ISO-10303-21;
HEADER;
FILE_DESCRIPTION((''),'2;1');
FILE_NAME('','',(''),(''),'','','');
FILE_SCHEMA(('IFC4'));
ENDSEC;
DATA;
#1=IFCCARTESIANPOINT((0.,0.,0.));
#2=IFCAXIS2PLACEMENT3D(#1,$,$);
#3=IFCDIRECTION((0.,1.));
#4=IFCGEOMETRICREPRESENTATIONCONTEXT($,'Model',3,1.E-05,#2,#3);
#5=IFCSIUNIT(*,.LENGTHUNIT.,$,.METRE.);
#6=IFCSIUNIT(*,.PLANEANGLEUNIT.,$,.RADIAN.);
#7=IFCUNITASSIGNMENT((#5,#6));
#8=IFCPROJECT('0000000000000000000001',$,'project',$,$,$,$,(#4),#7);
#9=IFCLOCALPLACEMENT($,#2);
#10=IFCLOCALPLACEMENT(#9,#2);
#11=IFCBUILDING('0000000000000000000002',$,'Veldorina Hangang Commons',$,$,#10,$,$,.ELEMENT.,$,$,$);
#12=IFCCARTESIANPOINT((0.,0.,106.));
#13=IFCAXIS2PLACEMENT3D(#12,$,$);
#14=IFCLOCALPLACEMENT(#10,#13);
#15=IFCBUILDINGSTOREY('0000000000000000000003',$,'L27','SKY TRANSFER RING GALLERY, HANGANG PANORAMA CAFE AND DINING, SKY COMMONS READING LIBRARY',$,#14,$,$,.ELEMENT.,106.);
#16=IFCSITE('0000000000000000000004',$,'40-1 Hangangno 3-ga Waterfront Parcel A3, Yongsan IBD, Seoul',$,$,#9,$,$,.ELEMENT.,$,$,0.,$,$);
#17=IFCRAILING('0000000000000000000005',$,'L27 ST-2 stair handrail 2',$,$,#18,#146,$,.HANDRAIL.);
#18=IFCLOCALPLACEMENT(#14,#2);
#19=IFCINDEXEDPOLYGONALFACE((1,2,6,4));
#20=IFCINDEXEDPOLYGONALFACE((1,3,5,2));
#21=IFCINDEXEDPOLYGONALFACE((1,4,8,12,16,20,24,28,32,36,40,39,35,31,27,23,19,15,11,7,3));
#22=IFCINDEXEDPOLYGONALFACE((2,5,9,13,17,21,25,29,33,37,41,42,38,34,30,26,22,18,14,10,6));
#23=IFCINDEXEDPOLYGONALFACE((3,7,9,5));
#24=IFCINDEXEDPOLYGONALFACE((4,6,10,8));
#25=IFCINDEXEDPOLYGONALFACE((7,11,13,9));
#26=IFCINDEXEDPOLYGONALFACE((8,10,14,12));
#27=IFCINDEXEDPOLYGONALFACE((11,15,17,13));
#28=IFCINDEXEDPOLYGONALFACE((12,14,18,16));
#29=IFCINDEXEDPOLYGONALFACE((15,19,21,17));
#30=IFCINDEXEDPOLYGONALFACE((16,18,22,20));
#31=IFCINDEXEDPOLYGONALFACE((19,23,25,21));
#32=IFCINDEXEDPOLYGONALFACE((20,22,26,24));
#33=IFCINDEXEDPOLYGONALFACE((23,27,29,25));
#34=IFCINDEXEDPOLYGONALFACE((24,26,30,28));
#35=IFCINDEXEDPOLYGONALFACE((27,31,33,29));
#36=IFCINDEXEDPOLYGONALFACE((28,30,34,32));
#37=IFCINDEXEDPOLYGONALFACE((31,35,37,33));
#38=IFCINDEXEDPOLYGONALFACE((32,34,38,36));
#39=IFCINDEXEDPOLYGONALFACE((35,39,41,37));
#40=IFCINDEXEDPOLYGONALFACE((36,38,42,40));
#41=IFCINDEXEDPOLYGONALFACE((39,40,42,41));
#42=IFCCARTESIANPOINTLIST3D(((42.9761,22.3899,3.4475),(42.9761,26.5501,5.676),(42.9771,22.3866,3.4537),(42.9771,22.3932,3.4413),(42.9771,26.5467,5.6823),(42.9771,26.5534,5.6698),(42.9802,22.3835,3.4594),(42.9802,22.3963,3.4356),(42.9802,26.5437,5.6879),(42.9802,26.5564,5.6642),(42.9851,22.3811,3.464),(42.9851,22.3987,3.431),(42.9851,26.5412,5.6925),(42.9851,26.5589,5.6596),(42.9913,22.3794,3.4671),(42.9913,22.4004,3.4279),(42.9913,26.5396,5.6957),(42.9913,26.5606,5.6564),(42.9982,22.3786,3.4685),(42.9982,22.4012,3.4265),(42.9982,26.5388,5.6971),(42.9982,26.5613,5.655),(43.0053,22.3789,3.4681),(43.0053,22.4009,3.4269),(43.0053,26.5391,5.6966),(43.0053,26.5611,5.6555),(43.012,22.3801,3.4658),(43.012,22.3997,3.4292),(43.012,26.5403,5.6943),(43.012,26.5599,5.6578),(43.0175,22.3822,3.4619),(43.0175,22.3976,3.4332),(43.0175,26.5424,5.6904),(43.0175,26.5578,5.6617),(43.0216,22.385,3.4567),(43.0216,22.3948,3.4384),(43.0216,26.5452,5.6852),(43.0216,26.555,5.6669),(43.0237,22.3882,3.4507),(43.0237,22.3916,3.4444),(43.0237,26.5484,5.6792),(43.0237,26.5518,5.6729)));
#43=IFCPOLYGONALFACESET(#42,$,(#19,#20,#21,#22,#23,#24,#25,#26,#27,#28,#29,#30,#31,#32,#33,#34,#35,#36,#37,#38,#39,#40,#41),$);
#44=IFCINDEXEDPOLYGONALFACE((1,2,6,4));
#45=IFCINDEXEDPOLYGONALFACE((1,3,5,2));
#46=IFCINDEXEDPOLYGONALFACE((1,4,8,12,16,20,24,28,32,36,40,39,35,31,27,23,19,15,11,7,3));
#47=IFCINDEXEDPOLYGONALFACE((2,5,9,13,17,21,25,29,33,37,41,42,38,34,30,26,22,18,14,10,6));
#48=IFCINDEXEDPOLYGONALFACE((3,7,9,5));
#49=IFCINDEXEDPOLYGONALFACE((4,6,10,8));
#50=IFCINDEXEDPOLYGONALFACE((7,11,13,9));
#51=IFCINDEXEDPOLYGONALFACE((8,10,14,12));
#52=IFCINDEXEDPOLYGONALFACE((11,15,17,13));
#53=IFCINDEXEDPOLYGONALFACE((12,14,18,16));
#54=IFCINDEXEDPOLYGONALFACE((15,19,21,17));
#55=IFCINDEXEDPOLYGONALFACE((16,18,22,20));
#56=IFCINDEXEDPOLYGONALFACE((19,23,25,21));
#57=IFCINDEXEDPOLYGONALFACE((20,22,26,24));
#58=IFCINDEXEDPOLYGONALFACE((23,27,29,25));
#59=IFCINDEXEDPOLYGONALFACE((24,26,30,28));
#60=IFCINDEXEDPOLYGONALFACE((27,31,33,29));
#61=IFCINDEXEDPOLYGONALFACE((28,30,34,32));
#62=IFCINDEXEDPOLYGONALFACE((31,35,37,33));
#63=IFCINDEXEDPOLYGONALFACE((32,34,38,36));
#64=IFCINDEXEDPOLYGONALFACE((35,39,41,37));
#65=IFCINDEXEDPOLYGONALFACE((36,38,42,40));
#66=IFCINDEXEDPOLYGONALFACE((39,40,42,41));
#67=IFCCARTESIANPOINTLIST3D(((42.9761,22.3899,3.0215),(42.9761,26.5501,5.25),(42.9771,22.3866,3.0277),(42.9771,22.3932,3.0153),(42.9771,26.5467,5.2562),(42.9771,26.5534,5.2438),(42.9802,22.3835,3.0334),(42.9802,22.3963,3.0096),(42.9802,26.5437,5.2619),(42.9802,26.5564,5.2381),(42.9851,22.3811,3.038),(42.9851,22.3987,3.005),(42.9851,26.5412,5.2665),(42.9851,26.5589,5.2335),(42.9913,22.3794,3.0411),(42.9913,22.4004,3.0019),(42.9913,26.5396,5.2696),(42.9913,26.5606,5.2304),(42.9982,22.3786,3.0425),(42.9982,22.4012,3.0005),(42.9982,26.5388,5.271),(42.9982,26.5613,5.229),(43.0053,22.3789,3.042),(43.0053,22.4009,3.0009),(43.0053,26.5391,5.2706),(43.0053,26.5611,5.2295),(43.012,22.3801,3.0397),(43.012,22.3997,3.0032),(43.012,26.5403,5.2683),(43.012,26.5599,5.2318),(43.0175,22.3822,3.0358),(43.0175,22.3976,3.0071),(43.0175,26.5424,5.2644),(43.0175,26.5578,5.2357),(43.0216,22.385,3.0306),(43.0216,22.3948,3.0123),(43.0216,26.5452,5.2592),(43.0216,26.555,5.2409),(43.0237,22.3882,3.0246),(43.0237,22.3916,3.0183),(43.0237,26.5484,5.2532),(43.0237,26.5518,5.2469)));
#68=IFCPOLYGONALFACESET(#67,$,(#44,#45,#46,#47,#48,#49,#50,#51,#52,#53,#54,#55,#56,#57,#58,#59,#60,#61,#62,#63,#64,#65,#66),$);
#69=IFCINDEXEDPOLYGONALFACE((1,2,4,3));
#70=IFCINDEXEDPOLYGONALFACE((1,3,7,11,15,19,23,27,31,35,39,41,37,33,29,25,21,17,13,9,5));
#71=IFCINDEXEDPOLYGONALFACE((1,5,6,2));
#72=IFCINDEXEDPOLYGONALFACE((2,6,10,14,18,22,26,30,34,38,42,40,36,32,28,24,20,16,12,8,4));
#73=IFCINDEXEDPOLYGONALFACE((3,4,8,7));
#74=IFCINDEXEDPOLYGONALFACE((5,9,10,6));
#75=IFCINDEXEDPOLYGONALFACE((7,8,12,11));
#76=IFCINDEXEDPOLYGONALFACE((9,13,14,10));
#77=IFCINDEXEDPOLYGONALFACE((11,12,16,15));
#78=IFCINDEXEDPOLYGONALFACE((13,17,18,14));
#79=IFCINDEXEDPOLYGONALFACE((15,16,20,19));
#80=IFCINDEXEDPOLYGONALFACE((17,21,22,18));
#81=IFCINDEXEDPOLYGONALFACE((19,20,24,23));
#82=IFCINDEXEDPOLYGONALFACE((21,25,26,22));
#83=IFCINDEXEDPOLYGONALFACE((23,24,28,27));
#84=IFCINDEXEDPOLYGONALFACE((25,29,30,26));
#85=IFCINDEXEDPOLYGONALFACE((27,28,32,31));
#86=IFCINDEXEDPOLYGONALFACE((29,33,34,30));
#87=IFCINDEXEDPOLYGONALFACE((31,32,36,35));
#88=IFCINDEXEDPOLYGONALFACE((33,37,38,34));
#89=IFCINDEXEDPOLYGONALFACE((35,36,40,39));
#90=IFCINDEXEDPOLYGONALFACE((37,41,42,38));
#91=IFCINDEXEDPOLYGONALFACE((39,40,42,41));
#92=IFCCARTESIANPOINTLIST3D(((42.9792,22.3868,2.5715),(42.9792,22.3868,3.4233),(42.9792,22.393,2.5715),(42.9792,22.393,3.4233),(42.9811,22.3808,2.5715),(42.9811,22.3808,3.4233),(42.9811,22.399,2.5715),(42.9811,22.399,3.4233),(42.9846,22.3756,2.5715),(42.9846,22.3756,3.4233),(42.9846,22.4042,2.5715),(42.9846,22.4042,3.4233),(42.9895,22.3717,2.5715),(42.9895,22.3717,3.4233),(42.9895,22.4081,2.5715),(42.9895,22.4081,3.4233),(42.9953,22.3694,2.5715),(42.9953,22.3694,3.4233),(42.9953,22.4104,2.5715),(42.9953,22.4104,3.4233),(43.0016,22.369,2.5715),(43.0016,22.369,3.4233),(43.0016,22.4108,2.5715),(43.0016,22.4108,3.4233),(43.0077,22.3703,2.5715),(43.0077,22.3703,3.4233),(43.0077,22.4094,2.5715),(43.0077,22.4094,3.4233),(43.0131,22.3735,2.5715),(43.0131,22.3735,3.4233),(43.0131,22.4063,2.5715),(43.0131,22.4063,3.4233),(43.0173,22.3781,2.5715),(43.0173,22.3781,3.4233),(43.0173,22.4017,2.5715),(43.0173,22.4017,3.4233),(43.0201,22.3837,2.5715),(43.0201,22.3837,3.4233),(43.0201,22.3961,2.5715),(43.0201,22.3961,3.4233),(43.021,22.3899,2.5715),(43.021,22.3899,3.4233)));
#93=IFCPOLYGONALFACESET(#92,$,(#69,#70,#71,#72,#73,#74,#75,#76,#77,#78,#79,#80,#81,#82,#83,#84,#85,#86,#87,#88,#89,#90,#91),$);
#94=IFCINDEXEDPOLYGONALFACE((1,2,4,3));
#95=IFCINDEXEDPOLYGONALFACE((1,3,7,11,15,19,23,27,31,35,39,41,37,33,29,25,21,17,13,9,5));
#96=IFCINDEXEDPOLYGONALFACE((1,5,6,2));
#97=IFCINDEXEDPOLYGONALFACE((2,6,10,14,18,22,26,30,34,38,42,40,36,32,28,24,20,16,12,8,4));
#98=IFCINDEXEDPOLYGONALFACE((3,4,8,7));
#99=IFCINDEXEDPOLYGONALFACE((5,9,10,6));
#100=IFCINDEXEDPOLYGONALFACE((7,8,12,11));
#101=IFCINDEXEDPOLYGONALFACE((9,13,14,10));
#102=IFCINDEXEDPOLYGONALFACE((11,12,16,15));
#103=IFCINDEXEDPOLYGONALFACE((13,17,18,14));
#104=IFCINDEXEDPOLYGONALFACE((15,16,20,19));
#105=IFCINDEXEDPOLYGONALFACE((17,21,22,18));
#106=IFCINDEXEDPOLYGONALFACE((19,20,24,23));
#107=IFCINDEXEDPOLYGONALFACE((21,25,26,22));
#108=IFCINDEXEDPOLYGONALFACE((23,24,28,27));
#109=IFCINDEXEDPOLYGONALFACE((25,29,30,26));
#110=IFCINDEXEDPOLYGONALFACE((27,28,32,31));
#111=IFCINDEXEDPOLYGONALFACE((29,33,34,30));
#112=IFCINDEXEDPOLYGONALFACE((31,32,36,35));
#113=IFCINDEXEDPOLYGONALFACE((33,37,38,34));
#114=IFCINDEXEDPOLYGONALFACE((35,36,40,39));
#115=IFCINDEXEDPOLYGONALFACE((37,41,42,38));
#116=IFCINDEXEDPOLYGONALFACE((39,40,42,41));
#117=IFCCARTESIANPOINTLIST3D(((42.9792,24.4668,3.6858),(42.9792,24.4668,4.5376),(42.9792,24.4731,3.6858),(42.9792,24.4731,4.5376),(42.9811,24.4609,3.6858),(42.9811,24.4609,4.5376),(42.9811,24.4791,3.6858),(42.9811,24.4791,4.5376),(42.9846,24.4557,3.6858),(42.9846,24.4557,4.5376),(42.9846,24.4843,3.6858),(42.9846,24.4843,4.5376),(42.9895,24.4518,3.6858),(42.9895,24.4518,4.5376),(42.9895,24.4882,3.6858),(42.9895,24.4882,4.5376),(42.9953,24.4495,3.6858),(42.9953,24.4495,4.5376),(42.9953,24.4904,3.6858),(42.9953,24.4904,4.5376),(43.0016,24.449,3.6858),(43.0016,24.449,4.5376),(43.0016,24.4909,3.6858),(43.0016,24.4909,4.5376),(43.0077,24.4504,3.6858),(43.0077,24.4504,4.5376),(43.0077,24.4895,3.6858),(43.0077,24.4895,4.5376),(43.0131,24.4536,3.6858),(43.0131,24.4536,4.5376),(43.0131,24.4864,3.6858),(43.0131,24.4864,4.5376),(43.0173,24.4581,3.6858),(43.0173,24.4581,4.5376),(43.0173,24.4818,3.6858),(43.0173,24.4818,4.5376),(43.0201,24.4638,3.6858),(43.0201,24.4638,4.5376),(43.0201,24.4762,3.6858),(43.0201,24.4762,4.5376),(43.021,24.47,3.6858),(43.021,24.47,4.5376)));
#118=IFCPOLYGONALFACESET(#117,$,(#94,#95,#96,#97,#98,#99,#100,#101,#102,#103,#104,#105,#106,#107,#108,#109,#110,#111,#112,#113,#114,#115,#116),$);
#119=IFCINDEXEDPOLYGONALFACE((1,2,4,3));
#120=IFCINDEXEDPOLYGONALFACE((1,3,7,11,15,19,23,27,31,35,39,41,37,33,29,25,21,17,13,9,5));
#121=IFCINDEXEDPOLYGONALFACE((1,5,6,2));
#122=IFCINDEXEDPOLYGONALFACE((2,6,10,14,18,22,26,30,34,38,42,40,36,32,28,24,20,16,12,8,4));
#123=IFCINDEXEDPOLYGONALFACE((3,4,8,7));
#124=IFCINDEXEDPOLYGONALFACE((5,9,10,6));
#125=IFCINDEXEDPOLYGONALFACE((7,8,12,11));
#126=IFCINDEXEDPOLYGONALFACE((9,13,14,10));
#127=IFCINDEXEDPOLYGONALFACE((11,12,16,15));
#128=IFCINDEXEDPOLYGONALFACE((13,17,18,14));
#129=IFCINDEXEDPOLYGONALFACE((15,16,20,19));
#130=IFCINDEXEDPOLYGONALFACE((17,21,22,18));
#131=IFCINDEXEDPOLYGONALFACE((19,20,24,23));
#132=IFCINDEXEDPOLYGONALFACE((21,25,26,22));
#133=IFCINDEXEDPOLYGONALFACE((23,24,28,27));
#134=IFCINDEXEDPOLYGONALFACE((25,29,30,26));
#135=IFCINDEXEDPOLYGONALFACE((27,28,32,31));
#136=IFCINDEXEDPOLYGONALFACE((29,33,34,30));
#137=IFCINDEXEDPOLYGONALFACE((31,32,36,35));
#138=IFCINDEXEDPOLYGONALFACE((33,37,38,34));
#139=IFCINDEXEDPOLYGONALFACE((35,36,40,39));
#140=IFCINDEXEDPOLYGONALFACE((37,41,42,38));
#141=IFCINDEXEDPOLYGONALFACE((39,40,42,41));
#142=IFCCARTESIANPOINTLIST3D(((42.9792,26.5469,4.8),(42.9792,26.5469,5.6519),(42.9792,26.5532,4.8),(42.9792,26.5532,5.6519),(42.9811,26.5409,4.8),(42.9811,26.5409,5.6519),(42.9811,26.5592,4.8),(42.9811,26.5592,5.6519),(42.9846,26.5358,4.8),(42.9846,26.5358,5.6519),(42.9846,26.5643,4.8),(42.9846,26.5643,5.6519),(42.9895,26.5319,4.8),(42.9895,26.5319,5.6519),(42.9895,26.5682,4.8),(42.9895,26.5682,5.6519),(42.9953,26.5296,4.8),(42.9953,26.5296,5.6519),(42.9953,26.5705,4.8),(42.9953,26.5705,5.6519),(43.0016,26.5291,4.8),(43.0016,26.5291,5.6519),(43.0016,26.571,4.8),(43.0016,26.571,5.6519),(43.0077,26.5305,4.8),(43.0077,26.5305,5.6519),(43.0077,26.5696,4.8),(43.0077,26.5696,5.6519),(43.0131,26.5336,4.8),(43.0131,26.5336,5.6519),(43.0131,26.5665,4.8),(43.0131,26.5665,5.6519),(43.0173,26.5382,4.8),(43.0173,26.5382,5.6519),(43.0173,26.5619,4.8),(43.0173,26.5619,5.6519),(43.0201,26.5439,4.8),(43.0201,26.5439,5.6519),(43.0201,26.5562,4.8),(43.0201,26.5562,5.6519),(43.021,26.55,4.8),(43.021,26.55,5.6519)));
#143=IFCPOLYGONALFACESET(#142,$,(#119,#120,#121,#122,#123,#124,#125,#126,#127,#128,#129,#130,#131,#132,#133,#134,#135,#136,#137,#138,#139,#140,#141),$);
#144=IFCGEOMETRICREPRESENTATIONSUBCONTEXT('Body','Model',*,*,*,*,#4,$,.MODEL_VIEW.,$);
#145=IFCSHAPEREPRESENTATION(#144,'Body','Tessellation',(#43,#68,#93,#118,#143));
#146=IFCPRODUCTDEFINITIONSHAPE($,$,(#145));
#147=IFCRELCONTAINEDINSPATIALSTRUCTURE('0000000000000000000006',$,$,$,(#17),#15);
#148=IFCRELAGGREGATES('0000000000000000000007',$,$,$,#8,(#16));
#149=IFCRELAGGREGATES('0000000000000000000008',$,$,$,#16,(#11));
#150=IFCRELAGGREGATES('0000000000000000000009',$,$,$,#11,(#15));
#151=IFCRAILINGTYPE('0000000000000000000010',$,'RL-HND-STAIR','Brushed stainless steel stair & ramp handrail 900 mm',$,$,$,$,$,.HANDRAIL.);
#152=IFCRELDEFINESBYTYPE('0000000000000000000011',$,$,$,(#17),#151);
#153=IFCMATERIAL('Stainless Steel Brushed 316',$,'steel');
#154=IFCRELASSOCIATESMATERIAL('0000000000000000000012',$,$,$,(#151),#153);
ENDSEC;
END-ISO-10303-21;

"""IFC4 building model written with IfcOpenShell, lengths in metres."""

from ifc_helpers import new_model, si_unit, direction, frame, origin, origin_2d, place, context, subcontext, project, spatial, circle, extrude, material, type_object, element, save


model = new_model("IFC4")

# Units and contexts
model_context = context("Model", 3, precision=1e-05, world=origin(), true_north=direction((0.0, 1.0)))
body_context = subcontext(model_context, "Body", "Model", "MODEL_VIEW")
ifc_project = project(units=[si_unit("LENGTHUNIT", "METRE"), si_unit("PLANEANGLEUNIT", "RADIAN")], contexts=[model_context])

# Site, building, storey
site_placement = place(None, origin())
site = spatial("IfcSite", under=ifc_project, at=site_placement, Name="40-1 Hangangno 3-ga Waterfront Parcel A3, Yongsan IBD, Seoul", CompositionType="ELEMENT", RefElevation=0.0)
building_placement = place(site_placement, origin())
building = spatial("IfcBuilding", under=site, at=building_placement, Name="Veldorina Hangang Commons", CompositionType="ELEMENT")
storey_placement = place(building_placement, frame((0.0, 0.0, 106.0)))
storey = spatial("IfcBuildingStorey", under=building, at=storey_placement, Name="L27", Description="SKY TRANSFER RING GALLERY, HANGANG PANORAMA CAFE AND DINING, SKY COMMONS READING LIBRARY", CompositionType="ELEMENT", Elevation=106.0)

# Railing
ifc_material_1 = material(Name="Stainless Steel Brushed 316", Category="steel")
railing_type_1 = type_object("IfcRailingType", Name="RL-HND-STAIR", Description="Brushed stainless steel stair & ramp handrail 900 mm", PredefinedType="HANDRAIL", material=ifc_material_1)
railing_1_placement = place(storey_placement, frame((43.0, 22.3899, 2.5715)))
element("IfcRailing", 1, at=railing_1_placement, inside=storey, type_object=railing_type_1, Name="L27 ST-2 stair handrail 2", PredefinedType="HANDRAIL", context=body_context, shape_type="SweptSolid", body=[
    extrude(circle(Radius=0.0239, at=origin_2d()), frame((0.0, 0.0, 0.876), z_axis=(0.0, 0.881492, 0.472198), x_axis=(-1.0, 0.0, 0.0)), (0.0, 0.0, 1.0), 4.7195),
    extrude(circle(Radius=0.0239, at=origin_2d()), frame((0.0, 0.0, 0.45), z_axis=(0.0, 0.881492, 0.472198), x_axis=(-1.0, 0.0, 0.0)), (0.0, 0.0, 1.0), 4.7195),
    extrude(circle(Radius=0.021, at=origin_2d()), origin(), (0.0, 0.0, 1.0), 0.8518),
    extrude(circle(Radius=0.021, at=origin_2d()), frame((0.0, 2.0801, 1.1143)), (0.0, 0.0, 1.0), 0.8518),
    extrude(circle(Radius=0.021, at=origin_2d()), frame((0.0, 4.1602, 2.2285)), (0.0, 0.0, 1.0), 0.8518),
])

save(model, "model.ifc")
